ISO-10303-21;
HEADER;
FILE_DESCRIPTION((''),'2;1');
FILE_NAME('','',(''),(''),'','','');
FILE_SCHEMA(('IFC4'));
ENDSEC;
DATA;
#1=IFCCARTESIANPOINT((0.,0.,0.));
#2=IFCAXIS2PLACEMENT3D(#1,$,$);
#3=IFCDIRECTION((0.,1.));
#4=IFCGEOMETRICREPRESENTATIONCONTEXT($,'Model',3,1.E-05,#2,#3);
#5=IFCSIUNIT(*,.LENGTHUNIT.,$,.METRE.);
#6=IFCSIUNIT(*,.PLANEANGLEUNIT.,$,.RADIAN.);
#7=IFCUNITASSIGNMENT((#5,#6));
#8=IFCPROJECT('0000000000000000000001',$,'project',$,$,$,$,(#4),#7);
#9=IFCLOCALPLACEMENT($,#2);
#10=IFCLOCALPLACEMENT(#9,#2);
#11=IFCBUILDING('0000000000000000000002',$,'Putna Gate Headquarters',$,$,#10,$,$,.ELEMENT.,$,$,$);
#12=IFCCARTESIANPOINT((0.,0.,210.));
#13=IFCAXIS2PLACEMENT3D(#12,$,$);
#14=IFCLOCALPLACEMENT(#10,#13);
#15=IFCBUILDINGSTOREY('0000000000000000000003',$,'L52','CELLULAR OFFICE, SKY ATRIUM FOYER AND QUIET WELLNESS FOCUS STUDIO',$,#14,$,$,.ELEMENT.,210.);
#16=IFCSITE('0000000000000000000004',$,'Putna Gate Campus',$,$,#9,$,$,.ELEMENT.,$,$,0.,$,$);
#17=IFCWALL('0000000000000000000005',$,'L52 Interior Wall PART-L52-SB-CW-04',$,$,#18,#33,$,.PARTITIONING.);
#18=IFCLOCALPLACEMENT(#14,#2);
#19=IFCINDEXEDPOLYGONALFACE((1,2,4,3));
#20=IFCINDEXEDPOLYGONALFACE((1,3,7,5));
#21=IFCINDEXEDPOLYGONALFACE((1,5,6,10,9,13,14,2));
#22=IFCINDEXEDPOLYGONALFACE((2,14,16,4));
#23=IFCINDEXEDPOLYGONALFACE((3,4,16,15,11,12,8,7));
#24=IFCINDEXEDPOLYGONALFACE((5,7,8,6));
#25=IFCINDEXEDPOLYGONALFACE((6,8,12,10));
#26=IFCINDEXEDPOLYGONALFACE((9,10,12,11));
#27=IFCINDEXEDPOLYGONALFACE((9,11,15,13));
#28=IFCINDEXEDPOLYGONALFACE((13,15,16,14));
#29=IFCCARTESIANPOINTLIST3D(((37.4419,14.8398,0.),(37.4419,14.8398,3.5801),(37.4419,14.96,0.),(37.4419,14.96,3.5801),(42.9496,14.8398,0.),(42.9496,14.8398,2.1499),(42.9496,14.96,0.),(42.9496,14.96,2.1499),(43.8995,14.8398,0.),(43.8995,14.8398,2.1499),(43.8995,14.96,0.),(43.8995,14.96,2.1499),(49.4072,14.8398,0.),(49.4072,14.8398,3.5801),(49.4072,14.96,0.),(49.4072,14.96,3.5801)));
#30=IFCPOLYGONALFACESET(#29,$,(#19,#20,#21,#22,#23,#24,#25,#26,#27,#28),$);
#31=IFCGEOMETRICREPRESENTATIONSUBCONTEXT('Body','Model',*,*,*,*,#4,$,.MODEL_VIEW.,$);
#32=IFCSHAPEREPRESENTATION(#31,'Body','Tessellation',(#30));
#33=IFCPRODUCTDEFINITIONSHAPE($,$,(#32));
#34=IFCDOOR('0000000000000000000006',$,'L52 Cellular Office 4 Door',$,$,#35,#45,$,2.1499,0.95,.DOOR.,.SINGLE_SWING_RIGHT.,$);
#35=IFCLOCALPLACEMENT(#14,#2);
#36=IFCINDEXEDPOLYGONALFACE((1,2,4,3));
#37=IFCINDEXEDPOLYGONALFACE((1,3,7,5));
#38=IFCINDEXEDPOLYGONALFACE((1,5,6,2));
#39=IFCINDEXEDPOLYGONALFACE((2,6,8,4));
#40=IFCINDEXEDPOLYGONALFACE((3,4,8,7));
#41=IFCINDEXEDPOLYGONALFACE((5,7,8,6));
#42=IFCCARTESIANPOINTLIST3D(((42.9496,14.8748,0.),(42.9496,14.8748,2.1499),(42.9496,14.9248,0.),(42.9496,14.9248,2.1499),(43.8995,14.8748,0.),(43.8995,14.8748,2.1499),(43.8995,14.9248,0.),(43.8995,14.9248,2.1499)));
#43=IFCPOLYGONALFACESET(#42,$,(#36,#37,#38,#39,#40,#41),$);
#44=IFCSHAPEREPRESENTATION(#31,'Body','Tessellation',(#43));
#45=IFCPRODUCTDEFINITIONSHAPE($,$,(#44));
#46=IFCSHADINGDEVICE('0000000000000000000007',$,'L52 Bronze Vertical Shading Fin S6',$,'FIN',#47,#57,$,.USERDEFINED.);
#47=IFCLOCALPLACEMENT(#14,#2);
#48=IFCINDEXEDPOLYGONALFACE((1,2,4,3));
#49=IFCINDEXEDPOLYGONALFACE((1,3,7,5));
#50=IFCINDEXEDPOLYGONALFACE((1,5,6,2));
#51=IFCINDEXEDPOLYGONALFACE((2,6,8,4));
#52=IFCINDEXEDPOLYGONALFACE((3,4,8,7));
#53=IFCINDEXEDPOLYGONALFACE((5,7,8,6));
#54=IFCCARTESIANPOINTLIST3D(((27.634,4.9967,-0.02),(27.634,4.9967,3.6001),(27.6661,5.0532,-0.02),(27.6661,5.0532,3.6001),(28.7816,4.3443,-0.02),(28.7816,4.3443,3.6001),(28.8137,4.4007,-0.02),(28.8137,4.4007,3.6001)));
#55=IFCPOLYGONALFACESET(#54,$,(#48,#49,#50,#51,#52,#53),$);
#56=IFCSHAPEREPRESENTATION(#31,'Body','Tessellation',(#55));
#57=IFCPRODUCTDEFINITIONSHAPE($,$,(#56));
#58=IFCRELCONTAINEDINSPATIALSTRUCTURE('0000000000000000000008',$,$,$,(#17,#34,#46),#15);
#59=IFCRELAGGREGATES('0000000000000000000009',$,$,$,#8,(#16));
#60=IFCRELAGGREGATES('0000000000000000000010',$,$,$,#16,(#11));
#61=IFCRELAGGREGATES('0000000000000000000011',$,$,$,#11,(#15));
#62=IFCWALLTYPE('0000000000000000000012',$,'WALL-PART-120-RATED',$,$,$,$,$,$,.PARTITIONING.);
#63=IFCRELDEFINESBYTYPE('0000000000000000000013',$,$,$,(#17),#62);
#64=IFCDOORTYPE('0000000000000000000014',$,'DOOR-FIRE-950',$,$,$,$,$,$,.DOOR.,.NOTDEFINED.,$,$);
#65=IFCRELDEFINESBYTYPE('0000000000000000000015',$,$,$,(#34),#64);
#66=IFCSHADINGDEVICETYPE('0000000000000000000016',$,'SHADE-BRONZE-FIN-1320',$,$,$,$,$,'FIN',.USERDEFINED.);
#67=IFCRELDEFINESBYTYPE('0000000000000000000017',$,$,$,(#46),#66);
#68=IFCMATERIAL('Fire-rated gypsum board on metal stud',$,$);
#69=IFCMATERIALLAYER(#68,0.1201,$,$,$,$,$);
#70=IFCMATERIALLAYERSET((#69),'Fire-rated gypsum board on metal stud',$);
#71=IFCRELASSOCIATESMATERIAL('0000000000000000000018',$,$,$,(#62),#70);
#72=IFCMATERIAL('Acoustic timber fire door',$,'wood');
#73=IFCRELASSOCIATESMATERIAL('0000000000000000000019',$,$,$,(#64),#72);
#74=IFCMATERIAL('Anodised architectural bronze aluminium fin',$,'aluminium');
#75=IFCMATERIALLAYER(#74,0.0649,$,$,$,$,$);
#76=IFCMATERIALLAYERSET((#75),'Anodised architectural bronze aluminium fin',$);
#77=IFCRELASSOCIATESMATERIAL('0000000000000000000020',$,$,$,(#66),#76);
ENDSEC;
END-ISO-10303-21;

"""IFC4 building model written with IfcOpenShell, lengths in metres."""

from ifc_helpers import new_model, si_unit, direction, frame, frame_2d, origin, origin_2d, place, context, subcontext, project, spatial, rectangle, extrude, material, layer, layer_set, type_object, element, fill, save


model = new_model("IFC4")

# Units and contexts
model_context = context("Model", 3, precision=1e-05, world=origin(), true_north=direction((0.0, 1.0)))
body_context = subcontext(model_context, "Body", "Model", "MODEL_VIEW")
ifc_project = project(units=[si_unit("LENGTHUNIT", "METRE"), si_unit("PLANEANGLEUNIT", "RADIAN")], contexts=[model_context])

# Site, building, storey
site_placement = place(None, origin())
site = spatial("IfcSite", under=ifc_project, at=site_placement, Name="Putna Gate Campus", CompositionType="ELEMENT", RefElevation=0.0)
building_placement = place(site_placement, origin())
building = spatial("IfcBuilding", under=site, at=building_placement, Name="Putna Gate Headquarters", CompositionType="ELEMENT")
storey_placement = place(building_placement, frame((0.0, 0.0, 210.0)))
storey = spatial("IfcBuildingStorey", under=building, at=storey_placement, Name="L52", Description="CELLULAR OFFICE, SKY ATRIUM FOYER AND QUIET WELLNESS FOCUS STUDIO", CompositionType="ELEMENT", Elevation=210.0)

# Wall, opening, door
ifc_material_1 = material(Name="Fire-rated gypsum board on metal stud")
ifc_layer_1 = layer(ifc_material_1, 0.1201)
ifc_layer_set_1 = layer_set([ifc_layer_1], Name="Fire-rated gypsum board on metal stud")
wall_type_1 = type_object("IfcWallType", Name="WALL-PART-120-RATED", PredefinedType="PARTITIONING", material=ifc_layer_set_1)
ifc_material_2 = material(Name="Acoustic timber fire door", Category="wood")
door_type = type_object("IfcDoorType", Name="DOOR-FIRE-950", OperationType="NOTDEFINED", PredefinedType="DOOR", material=ifc_material_2)
wall_1_placement = place(storey_placement, frame((37.4419, 14.8999, 0.0), z_axis=(0.0, 0.0, 1.0), x_axis=(1.0, 0.0, 0.0)))
wall_1 = element("IfcWall", 1, at=wall_1_placement, inside=storey, type_object=wall_type_1, Name="L52 Interior Wall PART-L52-SB-CW-04", PredefinedType="PARTITIONING", context=body_context, shape_type="SweptSolid", body=[
    extrude(rectangle(XDim=11.9653, YDim=0.1201, at=frame_2d((5.9827, 0.0))), origin(), (0.0, 0.0, 1.0), 3.5801),
])
opening_1_placement = place(wall_1_placement, frame((5.5076, 0.0, 0.0)))
opening_1 = element("IfcOpeningElement", 2, at=opening_1_placement, cuts=wall_1, PredefinedType="OPENING", context=body_context, shape_type="SweptSolid", body=[
    extrude(rectangle(XDim=0.95, YDim=2.1499, at=frame_2d((0.4751, 1.075))), frame((0.0, 0.0701, 0.0), z_axis=(0.0, -1.0, 0.0), x_axis=(1.0, 0.0, 0.0)), (0.0, 0.0, 1.0), 0.1401),
])
door_1_placement = place(opening_1_placement, origin())
door_1 = element("IfcDoor", 3, at=door_1_placement, inside=storey, type_object=door_type, Name="L52 Cellular Office 4 Door", OperationType="SINGLE_SWING_RIGHT", OverallHeight=2.1499, OverallWidth=0.95, PredefinedType="DOOR", context=body_context, shape_type="SweptSolid", body=[
    extrude(rectangle(XDim=0.95, YDim=2.1499, at=frame_2d((0.4751, 1.075))), frame((0.0, 0.0249, 0.0), z_axis=(0.0, -1.0, 0.0), x_axis=(1.0, 0.0, 0.0)), (0.0, 0.0, 1.0), 0.05),
])
fill(opening_1, door_1)

# Shading device
ifc_material_3 = material(Name="Anodised architectural bronze aluminium fin", Category="aluminium")
ifc_layer_2 = layer(ifc_material_3, 0.0649)
ifc_layer_set_2 = layer_set([ifc_layer_2], Name="Anodised architectural bronze aluminium fin")
shading_device_type = type_object("IfcShadingDeviceType", Name="SHADE-BRONZE-FIN-1320", ElementType="FIN", PredefinedType="USERDEFINED", material=ifc_layer_set_2)
shading_device_placement = place(storey_placement, frame((28.2239, 4.6987, -0.02), z_axis=(0.0, 0.0, 1.0), x_axis=(0.869322, -0.494245, 0.0)))
element("IfcShadingDevice", 4, at=shading_device_placement, inside=storey, type_object=shading_device_type, Name="L52 Bronze Vertical Shading Fin S6", ObjectType="FIN", PredefinedType="USERDEFINED", context=body_context, shape_type="SweptSolid", body=[
    extrude(rectangle(XDim=1.3201, YDim=0.0649, at=origin_2d()), origin(), (0.0, 0.0, 1.0), 3.6201),
])

save(model, "model.ifc")
